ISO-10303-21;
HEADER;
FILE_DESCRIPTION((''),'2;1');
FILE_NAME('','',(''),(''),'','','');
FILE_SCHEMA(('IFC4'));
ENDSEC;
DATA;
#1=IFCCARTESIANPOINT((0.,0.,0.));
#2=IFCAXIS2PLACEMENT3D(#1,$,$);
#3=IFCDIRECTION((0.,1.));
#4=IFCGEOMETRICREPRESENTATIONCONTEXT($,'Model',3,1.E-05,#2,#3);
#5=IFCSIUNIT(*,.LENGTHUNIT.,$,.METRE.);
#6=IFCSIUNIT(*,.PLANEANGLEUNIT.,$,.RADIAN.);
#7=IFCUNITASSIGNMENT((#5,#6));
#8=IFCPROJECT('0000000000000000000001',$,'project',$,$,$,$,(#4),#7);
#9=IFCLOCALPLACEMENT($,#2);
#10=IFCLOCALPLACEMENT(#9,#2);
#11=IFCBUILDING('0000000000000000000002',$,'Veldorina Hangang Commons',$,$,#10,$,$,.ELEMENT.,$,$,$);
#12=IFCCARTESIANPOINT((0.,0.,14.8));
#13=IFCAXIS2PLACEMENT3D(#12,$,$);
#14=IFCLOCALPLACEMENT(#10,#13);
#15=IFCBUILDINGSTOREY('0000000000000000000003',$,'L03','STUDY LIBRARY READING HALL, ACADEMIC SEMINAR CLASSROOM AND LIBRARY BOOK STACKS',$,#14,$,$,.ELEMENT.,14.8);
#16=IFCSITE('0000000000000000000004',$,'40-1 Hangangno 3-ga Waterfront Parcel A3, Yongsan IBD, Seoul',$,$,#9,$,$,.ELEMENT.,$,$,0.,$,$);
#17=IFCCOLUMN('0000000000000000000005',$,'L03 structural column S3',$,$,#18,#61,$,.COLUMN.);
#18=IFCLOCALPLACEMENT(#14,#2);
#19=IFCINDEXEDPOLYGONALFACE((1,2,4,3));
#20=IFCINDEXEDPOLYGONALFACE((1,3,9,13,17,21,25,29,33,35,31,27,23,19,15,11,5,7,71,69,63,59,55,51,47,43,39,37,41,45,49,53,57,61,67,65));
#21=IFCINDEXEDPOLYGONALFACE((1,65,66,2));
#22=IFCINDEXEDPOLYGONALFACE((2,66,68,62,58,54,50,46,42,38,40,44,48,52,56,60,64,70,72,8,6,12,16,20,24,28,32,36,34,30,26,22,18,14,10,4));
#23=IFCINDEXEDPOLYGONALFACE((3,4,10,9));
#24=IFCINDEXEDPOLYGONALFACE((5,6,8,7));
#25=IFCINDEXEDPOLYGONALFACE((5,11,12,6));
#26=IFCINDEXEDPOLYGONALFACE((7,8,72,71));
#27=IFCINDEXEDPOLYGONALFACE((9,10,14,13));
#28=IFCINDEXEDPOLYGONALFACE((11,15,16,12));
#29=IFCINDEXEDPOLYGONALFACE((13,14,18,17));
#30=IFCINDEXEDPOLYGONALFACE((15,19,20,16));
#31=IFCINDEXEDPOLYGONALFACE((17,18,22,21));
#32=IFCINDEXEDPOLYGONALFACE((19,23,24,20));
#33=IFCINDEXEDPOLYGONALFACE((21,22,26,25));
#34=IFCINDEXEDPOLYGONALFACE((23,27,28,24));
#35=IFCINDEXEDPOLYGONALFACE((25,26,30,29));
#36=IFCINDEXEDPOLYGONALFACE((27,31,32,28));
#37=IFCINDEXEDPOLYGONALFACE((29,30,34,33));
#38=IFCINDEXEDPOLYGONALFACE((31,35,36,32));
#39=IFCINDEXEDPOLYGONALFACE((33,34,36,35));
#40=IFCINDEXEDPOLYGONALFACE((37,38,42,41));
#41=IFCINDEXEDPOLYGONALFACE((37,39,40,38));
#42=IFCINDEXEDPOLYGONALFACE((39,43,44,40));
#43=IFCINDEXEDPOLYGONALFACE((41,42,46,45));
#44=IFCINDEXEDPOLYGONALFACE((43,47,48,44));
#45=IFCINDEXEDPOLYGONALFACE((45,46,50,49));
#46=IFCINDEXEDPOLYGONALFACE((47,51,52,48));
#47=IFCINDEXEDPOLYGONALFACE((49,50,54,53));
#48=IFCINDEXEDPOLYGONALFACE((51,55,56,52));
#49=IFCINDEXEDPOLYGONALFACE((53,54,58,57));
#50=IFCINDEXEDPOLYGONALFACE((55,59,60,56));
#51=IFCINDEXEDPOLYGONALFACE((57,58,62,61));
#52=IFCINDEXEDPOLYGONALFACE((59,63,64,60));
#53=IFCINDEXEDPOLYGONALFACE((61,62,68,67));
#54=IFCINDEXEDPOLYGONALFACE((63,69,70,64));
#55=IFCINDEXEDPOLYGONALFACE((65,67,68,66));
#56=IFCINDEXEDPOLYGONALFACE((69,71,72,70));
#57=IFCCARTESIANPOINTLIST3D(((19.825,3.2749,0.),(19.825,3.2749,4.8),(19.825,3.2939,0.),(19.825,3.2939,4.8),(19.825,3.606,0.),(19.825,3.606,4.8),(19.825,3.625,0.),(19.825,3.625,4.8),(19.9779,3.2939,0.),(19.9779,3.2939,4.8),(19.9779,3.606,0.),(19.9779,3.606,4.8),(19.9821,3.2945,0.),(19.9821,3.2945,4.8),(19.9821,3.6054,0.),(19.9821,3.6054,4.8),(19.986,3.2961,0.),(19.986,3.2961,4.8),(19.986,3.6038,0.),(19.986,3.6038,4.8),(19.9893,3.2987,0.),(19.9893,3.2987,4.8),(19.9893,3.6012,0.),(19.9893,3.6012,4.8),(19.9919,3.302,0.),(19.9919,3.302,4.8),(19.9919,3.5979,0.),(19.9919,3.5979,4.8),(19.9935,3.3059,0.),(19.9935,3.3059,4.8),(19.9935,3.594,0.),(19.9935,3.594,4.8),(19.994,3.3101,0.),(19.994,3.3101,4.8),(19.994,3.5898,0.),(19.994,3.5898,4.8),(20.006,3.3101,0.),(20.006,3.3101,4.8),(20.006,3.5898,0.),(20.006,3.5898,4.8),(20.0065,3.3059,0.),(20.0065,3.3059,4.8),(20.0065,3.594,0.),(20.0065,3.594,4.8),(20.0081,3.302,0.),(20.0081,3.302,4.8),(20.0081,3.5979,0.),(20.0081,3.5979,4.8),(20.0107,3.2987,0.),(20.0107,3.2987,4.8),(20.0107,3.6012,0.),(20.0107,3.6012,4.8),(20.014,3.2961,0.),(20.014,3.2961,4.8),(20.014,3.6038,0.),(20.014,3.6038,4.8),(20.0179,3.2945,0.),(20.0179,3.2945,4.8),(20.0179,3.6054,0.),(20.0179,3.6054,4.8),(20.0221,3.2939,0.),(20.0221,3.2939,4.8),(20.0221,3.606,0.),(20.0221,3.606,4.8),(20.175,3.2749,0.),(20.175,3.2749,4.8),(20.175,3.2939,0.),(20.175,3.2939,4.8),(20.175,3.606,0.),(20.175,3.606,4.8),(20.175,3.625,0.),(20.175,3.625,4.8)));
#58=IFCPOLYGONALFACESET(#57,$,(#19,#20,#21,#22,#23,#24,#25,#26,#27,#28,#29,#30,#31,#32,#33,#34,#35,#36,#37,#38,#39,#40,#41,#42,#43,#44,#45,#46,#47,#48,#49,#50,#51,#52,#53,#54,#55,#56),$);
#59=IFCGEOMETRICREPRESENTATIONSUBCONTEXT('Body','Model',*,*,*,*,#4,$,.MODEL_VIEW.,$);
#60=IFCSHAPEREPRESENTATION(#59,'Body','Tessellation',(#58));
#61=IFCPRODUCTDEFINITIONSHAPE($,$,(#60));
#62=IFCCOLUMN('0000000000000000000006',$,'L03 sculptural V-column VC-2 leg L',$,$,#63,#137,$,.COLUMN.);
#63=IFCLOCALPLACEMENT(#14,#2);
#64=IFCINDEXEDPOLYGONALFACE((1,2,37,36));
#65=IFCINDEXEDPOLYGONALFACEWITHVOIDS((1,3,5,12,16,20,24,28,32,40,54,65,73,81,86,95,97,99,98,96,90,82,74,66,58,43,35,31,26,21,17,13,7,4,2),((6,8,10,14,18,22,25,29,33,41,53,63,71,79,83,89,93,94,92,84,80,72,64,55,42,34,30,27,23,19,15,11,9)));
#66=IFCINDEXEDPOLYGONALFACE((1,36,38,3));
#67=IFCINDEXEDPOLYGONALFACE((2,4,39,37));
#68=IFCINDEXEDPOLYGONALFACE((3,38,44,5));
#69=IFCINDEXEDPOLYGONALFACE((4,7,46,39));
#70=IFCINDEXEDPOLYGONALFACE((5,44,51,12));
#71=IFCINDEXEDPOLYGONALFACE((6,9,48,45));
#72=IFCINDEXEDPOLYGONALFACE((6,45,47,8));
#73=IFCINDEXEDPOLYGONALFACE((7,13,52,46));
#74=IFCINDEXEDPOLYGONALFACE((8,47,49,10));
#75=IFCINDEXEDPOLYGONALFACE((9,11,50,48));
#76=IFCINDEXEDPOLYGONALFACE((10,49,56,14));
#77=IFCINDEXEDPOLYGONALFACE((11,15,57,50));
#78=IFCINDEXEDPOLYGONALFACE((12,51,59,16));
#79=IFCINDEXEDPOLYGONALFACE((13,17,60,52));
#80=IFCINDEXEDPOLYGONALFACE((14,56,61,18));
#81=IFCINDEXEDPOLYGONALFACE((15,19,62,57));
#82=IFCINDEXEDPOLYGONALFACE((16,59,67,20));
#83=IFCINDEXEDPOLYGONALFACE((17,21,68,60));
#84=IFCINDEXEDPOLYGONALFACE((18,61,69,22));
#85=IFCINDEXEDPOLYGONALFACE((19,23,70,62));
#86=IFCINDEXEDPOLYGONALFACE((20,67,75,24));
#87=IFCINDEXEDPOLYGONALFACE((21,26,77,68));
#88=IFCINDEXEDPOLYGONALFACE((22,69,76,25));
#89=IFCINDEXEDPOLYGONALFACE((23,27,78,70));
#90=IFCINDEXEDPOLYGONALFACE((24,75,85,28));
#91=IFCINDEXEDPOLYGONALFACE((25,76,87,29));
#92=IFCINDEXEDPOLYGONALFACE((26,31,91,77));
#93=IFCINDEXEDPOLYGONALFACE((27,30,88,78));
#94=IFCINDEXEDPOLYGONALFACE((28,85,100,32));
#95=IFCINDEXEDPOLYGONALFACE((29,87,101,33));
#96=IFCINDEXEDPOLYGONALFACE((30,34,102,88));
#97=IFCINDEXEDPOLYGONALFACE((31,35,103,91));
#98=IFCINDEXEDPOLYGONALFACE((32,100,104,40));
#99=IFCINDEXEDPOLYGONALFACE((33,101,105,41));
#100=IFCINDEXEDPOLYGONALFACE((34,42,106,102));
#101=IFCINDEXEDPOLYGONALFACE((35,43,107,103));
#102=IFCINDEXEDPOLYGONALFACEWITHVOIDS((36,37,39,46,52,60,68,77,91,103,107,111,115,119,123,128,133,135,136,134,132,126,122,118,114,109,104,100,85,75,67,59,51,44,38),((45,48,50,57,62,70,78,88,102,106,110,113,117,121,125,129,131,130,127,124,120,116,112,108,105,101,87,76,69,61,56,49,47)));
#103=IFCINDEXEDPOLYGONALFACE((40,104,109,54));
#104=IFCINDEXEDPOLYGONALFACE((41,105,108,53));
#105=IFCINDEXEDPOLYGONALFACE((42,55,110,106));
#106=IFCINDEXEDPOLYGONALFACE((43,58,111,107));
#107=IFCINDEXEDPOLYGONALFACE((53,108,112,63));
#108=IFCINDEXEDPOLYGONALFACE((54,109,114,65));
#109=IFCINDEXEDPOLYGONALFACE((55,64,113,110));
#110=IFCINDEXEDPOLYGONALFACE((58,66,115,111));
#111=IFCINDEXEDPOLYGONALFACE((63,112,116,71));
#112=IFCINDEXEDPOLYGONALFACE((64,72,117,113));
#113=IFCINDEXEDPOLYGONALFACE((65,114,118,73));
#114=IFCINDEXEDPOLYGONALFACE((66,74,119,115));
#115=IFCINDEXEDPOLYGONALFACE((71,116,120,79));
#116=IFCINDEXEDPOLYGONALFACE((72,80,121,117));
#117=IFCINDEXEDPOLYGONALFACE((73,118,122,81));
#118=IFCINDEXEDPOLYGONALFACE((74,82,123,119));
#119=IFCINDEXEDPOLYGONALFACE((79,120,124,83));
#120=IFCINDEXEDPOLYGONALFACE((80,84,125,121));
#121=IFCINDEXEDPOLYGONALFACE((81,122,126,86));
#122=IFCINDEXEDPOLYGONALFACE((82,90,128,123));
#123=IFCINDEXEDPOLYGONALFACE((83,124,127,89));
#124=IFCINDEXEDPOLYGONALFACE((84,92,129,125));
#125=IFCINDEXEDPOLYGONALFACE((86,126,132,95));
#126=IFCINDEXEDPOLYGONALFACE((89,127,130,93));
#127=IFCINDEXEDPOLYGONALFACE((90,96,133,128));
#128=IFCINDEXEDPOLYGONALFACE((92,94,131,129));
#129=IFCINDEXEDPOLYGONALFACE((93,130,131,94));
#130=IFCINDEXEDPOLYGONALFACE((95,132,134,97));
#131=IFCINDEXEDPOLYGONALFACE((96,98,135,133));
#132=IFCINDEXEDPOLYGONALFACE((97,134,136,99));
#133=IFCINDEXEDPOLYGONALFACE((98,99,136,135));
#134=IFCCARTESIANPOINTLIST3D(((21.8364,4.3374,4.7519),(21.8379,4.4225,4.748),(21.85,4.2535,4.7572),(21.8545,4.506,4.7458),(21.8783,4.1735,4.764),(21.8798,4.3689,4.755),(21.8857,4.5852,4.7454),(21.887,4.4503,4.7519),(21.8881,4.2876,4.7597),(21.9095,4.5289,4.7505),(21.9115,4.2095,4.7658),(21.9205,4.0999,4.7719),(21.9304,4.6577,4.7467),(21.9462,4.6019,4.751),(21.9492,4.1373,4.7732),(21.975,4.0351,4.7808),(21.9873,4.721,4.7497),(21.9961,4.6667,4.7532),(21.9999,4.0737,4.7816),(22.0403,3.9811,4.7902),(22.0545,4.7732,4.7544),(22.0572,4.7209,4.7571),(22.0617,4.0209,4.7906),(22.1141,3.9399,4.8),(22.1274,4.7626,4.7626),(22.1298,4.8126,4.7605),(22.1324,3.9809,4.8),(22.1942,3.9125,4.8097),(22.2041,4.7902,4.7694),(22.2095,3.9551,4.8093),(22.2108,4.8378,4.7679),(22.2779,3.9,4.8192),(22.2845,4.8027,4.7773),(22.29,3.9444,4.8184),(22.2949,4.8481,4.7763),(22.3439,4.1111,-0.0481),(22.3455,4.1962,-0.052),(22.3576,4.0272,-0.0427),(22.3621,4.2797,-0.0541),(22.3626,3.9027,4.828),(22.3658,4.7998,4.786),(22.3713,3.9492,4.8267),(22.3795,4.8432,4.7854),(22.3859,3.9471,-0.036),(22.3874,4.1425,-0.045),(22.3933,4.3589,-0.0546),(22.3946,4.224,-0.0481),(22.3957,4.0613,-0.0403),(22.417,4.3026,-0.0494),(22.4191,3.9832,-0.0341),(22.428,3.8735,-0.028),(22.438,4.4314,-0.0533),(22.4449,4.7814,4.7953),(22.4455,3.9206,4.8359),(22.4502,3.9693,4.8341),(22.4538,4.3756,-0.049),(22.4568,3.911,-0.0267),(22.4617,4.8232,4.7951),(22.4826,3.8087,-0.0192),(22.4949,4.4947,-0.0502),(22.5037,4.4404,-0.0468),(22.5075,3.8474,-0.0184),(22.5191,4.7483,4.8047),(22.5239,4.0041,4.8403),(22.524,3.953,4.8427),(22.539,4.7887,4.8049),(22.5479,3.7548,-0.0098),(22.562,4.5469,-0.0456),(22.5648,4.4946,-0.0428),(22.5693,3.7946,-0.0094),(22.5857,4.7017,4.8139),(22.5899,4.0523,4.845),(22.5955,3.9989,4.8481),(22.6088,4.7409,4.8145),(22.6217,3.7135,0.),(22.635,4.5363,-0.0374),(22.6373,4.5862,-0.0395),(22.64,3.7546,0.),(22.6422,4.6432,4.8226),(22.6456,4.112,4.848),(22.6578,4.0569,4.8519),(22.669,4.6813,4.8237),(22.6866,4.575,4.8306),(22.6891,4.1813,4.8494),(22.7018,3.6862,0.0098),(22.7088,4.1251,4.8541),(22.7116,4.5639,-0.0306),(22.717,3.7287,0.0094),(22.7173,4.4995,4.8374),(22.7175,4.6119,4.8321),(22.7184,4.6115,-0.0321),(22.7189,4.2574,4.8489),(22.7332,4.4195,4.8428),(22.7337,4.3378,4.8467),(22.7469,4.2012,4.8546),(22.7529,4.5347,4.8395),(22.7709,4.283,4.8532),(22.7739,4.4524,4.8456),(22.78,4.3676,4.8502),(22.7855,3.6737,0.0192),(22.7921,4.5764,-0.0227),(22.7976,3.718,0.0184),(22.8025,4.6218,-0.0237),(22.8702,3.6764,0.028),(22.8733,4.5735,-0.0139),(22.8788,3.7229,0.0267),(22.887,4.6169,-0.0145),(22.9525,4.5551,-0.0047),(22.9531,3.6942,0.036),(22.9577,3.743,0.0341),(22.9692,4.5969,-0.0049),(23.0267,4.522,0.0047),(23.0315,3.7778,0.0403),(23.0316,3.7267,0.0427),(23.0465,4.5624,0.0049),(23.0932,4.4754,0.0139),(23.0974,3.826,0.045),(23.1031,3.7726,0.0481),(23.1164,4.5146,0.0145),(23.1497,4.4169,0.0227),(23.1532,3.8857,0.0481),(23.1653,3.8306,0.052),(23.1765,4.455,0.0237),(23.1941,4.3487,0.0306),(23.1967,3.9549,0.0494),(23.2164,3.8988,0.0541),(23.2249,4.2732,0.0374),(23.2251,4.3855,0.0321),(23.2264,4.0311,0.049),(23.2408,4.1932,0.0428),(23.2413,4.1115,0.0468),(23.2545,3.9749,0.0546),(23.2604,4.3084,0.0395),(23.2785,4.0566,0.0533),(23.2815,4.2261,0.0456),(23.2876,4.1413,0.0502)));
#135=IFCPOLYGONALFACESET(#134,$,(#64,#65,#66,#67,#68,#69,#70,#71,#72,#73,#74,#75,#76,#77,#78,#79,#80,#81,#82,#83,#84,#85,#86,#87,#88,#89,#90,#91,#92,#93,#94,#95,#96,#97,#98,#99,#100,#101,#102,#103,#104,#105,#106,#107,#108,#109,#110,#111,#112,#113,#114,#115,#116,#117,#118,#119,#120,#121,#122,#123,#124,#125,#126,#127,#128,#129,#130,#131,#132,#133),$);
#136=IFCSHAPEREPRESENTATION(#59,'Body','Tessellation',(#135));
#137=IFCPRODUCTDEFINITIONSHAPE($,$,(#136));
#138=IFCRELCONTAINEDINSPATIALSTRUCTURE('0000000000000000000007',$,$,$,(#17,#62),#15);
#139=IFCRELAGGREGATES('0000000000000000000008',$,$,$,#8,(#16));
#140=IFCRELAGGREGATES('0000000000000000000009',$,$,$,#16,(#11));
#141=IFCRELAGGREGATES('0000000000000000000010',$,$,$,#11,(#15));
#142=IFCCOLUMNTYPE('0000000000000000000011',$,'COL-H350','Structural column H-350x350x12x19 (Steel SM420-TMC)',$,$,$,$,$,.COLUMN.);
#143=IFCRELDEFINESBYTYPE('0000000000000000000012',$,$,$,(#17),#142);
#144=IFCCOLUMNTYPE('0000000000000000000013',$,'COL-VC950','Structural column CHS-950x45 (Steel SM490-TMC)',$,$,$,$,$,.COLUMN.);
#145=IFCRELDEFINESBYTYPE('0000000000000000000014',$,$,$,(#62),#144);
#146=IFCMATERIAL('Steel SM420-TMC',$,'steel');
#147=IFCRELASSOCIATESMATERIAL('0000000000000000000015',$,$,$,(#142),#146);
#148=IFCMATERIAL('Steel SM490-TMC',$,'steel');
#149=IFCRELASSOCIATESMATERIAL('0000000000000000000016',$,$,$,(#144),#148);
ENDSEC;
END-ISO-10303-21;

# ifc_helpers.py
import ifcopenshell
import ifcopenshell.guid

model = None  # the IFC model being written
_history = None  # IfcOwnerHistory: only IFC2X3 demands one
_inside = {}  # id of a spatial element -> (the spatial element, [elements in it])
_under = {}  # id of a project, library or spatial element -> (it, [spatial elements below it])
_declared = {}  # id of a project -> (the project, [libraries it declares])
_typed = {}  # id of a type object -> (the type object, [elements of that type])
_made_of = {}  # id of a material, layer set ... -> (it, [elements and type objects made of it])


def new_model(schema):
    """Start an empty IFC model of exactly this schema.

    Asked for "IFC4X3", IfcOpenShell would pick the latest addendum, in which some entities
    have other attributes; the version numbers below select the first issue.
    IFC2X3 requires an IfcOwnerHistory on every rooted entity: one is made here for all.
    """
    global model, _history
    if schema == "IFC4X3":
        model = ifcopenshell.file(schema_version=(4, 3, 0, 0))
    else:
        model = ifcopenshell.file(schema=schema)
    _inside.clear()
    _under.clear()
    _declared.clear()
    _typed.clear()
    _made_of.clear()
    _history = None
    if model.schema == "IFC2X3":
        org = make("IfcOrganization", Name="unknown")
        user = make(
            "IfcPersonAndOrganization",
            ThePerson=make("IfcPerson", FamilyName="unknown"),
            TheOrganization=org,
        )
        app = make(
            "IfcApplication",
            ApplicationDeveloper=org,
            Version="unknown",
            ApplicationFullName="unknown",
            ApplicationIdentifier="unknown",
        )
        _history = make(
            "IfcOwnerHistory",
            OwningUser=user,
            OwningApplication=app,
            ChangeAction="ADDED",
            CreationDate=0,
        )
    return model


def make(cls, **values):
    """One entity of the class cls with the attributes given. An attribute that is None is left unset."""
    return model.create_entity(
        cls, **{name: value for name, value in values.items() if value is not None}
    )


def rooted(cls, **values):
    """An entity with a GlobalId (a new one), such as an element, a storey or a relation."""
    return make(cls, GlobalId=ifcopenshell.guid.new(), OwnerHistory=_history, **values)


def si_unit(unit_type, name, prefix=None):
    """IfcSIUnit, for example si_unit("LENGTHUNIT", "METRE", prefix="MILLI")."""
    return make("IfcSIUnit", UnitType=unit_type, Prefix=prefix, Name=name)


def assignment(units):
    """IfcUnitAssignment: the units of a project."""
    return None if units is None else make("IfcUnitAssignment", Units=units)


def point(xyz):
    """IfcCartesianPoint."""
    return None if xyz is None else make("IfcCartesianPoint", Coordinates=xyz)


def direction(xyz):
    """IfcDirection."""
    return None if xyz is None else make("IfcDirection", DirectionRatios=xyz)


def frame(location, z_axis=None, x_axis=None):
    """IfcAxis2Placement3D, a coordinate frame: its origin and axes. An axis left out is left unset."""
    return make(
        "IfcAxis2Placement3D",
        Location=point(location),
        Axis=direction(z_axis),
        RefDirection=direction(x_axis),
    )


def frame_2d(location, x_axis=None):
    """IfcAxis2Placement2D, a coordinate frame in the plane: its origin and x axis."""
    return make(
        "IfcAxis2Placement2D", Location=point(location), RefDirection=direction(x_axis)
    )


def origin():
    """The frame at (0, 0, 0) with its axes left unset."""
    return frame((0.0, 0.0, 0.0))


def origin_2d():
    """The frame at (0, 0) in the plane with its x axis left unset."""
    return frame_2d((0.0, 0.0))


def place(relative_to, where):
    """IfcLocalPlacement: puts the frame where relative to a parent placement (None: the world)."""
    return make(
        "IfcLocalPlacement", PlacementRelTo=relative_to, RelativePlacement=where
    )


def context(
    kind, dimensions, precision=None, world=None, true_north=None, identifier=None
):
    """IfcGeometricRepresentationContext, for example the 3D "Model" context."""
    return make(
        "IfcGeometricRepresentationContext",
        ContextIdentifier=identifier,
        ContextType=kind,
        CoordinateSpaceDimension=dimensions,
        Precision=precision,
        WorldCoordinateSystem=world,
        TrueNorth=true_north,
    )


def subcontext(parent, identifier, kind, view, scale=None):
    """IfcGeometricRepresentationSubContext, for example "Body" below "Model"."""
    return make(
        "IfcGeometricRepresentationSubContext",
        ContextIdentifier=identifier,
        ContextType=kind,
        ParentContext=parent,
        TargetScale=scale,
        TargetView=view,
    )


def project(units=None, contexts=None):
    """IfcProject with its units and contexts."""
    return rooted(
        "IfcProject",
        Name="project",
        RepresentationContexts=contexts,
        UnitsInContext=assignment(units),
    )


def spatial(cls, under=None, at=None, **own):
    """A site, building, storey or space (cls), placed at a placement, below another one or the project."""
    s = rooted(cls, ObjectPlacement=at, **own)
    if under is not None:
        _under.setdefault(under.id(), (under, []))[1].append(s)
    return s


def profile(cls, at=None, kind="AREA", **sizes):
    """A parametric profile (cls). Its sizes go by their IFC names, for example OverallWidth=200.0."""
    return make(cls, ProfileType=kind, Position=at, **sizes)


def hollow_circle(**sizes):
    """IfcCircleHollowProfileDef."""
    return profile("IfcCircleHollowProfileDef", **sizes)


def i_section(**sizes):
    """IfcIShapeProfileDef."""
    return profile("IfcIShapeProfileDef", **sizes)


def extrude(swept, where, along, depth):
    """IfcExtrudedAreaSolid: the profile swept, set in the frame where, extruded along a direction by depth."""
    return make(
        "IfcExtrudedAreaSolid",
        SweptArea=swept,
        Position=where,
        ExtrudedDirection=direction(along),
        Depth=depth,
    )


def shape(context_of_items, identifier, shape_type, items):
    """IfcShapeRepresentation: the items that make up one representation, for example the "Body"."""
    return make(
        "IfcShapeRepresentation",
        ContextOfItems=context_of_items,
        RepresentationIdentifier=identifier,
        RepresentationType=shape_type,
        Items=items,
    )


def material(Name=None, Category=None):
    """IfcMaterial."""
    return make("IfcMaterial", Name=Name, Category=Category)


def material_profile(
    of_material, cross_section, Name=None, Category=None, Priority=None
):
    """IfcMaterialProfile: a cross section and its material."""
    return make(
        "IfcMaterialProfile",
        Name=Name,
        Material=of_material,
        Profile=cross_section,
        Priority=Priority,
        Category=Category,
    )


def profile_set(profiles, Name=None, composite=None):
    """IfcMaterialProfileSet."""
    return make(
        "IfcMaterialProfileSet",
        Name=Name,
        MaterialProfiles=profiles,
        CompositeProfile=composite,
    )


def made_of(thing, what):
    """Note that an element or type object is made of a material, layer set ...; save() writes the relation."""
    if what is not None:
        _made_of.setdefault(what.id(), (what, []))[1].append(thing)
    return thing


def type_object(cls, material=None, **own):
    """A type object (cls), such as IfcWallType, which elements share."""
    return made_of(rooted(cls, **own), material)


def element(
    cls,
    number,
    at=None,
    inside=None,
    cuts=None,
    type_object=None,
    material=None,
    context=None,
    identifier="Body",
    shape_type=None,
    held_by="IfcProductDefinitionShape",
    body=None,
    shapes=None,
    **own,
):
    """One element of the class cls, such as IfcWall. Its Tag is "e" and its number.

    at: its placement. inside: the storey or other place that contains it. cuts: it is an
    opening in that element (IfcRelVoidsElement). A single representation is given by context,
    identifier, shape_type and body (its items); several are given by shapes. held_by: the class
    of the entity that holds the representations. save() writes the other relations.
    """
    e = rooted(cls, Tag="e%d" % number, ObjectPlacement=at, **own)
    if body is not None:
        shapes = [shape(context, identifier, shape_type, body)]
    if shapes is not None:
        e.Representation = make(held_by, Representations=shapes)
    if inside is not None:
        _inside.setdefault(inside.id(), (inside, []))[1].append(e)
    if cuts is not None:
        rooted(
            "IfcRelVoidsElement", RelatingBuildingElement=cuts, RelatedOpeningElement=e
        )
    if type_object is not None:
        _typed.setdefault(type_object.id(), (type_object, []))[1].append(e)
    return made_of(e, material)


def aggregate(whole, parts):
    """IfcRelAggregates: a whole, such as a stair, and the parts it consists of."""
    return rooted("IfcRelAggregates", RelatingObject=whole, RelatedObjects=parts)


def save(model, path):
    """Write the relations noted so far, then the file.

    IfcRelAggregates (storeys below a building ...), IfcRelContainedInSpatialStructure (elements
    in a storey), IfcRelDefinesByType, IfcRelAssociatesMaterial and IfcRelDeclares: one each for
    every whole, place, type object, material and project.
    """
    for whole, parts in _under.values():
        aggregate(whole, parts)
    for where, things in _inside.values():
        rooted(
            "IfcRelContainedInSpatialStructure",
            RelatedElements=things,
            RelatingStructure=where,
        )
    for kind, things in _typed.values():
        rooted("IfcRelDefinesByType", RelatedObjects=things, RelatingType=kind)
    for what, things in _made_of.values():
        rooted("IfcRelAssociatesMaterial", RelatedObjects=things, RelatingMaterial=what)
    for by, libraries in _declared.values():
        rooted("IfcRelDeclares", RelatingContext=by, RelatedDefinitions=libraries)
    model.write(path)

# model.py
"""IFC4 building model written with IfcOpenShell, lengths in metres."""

from ifc_helpers import new_model, si_unit, direction, frame, origin, origin_2d, place, context, subcontext, project, spatial, hollow_circle, i_section, extrude, material, material_profile, profile_set, type_object, element, save


model = new_model("IFC4")

# Units and contexts
model_context = context("Model", 3, precision=1e-05, world=origin(), true_north=direction((0.0, 1.0)))
body_context = subcontext(model_context, "Body", "Model", "MODEL_VIEW")
ifc_project = project(units=[si_unit("LENGTHUNIT", "METRE"), si_unit("PLANEANGLEUNIT", "RADIAN")], contexts=[model_context])

# Site, building, storey
site_placement = place(None, origin())
site = spatial("IfcSite", under=ifc_project, at=site_placement, Name="40-1 Hangangno 3-ga Waterfront Parcel A3, Yongsan IBD, Seoul", CompositionType="ELEMENT", RefElevation=0.0)
building_placement = place(site_placement, origin())
building = spatial("IfcBuilding", under=site, at=building_placement, Name="Veldorina Hangang Commons", CompositionType="ELEMENT")
storey_placement = place(building_placement, frame((0.0, 0.0, 14.8)))
storey = spatial("IfcBuildingStorey", under=building, at=storey_placement, Name="L03", Description="STUDY LIBRARY READING HALL, ACADEMIC SEMINAR CLASSROOM AND LIBRARY BOOK STACKS", CompositionType="ELEMENT", Elevation=14.8)

# Columns
ifc_material_1 = material(Name="Steel SM420-TMC", Category="steel")
ifc_material_profile_1 = material_profile(ifc_material_1, i_section(OverallWidth=0.3501, OverallDepth=0.3501, WebThickness=0.012, FlangeThickness=0.019, FilletRadius=0.0161, at=origin_2d()), Name="H-350x350x12x19")
ifc_profile_set_1 = profile_set([ifc_material_profile_1], Name="Steel SM420-TMC")
column_type_1 = type_object("IfcColumnType", Name="COL-H350", Description="Structural column H-350x350x12x19 (Steel SM420-TMC)", PredefinedType="COLUMN", material=ifc_profile_set_1)
column_placement = place(storey_placement, frame((20.0, 3.45, 0.0), z_axis=(0.0, 0.0, 1.0), x_axis=(1.0, 0.0, 0.0)))
element("IfcColumn", 1, at=column_placement, inside=storey, type_object=column_type_1, Name="L03 structural column S3", PredefinedType="COLUMN", context=body_context, shape_type="SweptSolid", body=[
    extrude(i_section(OverallWidth=0.3501, OverallDepth=0.3501, WebThickness=0.012, FlangeThickness=0.019, FilletRadius=0.0161, at=origin_2d()), origin(), (0.0, 0.0, 1.0), 4.8),
])
ifc_material_2 = material(Name="Steel SM490-TMC", Category="steel")
ifc_material_profile_2 = material_profile(ifc_material_2, hollow_circle(Radius=0.4751, WallThickness=0.0449, at=origin_2d()), Name="CHS-950x45")
ifc_profile_set_2 = profile_set([ifc_material_profile_2], Name="Steel SM490-TMC")
column_type_2 = type_object("IfcColumnType", Name="COL-VC950", Description="Structural column CHS-950x45 (Steel SM490-TMC)", PredefinedType="COLUMN", material=ifc_profile_set_2)
for number, where, z_axis, x_axis, name in (
    (2, (22.8152, 4.1475, 0.0), (-0.105041, 0.046836, 0.993364), (-0.407239, -0.913322, 0.0), "L03 sculptural V-column VC-2 leg L"),
):
    element("IfcColumn", number, at=place(storey_placement, frame(where, z_axis=z_axis, x_axis=x_axis)), inside=storey, type_object=column_type_2, Name=name, PredefinedType="COLUMN", context=body_context, shape_type="SweptSolid", body=[
        extrude(hollow_circle(Radius=0.4751, WallThickness=0.0449, at=origin_2d()), origin(), (0.0, 0.0, 1.0), 4.832),
    ])

save(model, "model.ifc")
